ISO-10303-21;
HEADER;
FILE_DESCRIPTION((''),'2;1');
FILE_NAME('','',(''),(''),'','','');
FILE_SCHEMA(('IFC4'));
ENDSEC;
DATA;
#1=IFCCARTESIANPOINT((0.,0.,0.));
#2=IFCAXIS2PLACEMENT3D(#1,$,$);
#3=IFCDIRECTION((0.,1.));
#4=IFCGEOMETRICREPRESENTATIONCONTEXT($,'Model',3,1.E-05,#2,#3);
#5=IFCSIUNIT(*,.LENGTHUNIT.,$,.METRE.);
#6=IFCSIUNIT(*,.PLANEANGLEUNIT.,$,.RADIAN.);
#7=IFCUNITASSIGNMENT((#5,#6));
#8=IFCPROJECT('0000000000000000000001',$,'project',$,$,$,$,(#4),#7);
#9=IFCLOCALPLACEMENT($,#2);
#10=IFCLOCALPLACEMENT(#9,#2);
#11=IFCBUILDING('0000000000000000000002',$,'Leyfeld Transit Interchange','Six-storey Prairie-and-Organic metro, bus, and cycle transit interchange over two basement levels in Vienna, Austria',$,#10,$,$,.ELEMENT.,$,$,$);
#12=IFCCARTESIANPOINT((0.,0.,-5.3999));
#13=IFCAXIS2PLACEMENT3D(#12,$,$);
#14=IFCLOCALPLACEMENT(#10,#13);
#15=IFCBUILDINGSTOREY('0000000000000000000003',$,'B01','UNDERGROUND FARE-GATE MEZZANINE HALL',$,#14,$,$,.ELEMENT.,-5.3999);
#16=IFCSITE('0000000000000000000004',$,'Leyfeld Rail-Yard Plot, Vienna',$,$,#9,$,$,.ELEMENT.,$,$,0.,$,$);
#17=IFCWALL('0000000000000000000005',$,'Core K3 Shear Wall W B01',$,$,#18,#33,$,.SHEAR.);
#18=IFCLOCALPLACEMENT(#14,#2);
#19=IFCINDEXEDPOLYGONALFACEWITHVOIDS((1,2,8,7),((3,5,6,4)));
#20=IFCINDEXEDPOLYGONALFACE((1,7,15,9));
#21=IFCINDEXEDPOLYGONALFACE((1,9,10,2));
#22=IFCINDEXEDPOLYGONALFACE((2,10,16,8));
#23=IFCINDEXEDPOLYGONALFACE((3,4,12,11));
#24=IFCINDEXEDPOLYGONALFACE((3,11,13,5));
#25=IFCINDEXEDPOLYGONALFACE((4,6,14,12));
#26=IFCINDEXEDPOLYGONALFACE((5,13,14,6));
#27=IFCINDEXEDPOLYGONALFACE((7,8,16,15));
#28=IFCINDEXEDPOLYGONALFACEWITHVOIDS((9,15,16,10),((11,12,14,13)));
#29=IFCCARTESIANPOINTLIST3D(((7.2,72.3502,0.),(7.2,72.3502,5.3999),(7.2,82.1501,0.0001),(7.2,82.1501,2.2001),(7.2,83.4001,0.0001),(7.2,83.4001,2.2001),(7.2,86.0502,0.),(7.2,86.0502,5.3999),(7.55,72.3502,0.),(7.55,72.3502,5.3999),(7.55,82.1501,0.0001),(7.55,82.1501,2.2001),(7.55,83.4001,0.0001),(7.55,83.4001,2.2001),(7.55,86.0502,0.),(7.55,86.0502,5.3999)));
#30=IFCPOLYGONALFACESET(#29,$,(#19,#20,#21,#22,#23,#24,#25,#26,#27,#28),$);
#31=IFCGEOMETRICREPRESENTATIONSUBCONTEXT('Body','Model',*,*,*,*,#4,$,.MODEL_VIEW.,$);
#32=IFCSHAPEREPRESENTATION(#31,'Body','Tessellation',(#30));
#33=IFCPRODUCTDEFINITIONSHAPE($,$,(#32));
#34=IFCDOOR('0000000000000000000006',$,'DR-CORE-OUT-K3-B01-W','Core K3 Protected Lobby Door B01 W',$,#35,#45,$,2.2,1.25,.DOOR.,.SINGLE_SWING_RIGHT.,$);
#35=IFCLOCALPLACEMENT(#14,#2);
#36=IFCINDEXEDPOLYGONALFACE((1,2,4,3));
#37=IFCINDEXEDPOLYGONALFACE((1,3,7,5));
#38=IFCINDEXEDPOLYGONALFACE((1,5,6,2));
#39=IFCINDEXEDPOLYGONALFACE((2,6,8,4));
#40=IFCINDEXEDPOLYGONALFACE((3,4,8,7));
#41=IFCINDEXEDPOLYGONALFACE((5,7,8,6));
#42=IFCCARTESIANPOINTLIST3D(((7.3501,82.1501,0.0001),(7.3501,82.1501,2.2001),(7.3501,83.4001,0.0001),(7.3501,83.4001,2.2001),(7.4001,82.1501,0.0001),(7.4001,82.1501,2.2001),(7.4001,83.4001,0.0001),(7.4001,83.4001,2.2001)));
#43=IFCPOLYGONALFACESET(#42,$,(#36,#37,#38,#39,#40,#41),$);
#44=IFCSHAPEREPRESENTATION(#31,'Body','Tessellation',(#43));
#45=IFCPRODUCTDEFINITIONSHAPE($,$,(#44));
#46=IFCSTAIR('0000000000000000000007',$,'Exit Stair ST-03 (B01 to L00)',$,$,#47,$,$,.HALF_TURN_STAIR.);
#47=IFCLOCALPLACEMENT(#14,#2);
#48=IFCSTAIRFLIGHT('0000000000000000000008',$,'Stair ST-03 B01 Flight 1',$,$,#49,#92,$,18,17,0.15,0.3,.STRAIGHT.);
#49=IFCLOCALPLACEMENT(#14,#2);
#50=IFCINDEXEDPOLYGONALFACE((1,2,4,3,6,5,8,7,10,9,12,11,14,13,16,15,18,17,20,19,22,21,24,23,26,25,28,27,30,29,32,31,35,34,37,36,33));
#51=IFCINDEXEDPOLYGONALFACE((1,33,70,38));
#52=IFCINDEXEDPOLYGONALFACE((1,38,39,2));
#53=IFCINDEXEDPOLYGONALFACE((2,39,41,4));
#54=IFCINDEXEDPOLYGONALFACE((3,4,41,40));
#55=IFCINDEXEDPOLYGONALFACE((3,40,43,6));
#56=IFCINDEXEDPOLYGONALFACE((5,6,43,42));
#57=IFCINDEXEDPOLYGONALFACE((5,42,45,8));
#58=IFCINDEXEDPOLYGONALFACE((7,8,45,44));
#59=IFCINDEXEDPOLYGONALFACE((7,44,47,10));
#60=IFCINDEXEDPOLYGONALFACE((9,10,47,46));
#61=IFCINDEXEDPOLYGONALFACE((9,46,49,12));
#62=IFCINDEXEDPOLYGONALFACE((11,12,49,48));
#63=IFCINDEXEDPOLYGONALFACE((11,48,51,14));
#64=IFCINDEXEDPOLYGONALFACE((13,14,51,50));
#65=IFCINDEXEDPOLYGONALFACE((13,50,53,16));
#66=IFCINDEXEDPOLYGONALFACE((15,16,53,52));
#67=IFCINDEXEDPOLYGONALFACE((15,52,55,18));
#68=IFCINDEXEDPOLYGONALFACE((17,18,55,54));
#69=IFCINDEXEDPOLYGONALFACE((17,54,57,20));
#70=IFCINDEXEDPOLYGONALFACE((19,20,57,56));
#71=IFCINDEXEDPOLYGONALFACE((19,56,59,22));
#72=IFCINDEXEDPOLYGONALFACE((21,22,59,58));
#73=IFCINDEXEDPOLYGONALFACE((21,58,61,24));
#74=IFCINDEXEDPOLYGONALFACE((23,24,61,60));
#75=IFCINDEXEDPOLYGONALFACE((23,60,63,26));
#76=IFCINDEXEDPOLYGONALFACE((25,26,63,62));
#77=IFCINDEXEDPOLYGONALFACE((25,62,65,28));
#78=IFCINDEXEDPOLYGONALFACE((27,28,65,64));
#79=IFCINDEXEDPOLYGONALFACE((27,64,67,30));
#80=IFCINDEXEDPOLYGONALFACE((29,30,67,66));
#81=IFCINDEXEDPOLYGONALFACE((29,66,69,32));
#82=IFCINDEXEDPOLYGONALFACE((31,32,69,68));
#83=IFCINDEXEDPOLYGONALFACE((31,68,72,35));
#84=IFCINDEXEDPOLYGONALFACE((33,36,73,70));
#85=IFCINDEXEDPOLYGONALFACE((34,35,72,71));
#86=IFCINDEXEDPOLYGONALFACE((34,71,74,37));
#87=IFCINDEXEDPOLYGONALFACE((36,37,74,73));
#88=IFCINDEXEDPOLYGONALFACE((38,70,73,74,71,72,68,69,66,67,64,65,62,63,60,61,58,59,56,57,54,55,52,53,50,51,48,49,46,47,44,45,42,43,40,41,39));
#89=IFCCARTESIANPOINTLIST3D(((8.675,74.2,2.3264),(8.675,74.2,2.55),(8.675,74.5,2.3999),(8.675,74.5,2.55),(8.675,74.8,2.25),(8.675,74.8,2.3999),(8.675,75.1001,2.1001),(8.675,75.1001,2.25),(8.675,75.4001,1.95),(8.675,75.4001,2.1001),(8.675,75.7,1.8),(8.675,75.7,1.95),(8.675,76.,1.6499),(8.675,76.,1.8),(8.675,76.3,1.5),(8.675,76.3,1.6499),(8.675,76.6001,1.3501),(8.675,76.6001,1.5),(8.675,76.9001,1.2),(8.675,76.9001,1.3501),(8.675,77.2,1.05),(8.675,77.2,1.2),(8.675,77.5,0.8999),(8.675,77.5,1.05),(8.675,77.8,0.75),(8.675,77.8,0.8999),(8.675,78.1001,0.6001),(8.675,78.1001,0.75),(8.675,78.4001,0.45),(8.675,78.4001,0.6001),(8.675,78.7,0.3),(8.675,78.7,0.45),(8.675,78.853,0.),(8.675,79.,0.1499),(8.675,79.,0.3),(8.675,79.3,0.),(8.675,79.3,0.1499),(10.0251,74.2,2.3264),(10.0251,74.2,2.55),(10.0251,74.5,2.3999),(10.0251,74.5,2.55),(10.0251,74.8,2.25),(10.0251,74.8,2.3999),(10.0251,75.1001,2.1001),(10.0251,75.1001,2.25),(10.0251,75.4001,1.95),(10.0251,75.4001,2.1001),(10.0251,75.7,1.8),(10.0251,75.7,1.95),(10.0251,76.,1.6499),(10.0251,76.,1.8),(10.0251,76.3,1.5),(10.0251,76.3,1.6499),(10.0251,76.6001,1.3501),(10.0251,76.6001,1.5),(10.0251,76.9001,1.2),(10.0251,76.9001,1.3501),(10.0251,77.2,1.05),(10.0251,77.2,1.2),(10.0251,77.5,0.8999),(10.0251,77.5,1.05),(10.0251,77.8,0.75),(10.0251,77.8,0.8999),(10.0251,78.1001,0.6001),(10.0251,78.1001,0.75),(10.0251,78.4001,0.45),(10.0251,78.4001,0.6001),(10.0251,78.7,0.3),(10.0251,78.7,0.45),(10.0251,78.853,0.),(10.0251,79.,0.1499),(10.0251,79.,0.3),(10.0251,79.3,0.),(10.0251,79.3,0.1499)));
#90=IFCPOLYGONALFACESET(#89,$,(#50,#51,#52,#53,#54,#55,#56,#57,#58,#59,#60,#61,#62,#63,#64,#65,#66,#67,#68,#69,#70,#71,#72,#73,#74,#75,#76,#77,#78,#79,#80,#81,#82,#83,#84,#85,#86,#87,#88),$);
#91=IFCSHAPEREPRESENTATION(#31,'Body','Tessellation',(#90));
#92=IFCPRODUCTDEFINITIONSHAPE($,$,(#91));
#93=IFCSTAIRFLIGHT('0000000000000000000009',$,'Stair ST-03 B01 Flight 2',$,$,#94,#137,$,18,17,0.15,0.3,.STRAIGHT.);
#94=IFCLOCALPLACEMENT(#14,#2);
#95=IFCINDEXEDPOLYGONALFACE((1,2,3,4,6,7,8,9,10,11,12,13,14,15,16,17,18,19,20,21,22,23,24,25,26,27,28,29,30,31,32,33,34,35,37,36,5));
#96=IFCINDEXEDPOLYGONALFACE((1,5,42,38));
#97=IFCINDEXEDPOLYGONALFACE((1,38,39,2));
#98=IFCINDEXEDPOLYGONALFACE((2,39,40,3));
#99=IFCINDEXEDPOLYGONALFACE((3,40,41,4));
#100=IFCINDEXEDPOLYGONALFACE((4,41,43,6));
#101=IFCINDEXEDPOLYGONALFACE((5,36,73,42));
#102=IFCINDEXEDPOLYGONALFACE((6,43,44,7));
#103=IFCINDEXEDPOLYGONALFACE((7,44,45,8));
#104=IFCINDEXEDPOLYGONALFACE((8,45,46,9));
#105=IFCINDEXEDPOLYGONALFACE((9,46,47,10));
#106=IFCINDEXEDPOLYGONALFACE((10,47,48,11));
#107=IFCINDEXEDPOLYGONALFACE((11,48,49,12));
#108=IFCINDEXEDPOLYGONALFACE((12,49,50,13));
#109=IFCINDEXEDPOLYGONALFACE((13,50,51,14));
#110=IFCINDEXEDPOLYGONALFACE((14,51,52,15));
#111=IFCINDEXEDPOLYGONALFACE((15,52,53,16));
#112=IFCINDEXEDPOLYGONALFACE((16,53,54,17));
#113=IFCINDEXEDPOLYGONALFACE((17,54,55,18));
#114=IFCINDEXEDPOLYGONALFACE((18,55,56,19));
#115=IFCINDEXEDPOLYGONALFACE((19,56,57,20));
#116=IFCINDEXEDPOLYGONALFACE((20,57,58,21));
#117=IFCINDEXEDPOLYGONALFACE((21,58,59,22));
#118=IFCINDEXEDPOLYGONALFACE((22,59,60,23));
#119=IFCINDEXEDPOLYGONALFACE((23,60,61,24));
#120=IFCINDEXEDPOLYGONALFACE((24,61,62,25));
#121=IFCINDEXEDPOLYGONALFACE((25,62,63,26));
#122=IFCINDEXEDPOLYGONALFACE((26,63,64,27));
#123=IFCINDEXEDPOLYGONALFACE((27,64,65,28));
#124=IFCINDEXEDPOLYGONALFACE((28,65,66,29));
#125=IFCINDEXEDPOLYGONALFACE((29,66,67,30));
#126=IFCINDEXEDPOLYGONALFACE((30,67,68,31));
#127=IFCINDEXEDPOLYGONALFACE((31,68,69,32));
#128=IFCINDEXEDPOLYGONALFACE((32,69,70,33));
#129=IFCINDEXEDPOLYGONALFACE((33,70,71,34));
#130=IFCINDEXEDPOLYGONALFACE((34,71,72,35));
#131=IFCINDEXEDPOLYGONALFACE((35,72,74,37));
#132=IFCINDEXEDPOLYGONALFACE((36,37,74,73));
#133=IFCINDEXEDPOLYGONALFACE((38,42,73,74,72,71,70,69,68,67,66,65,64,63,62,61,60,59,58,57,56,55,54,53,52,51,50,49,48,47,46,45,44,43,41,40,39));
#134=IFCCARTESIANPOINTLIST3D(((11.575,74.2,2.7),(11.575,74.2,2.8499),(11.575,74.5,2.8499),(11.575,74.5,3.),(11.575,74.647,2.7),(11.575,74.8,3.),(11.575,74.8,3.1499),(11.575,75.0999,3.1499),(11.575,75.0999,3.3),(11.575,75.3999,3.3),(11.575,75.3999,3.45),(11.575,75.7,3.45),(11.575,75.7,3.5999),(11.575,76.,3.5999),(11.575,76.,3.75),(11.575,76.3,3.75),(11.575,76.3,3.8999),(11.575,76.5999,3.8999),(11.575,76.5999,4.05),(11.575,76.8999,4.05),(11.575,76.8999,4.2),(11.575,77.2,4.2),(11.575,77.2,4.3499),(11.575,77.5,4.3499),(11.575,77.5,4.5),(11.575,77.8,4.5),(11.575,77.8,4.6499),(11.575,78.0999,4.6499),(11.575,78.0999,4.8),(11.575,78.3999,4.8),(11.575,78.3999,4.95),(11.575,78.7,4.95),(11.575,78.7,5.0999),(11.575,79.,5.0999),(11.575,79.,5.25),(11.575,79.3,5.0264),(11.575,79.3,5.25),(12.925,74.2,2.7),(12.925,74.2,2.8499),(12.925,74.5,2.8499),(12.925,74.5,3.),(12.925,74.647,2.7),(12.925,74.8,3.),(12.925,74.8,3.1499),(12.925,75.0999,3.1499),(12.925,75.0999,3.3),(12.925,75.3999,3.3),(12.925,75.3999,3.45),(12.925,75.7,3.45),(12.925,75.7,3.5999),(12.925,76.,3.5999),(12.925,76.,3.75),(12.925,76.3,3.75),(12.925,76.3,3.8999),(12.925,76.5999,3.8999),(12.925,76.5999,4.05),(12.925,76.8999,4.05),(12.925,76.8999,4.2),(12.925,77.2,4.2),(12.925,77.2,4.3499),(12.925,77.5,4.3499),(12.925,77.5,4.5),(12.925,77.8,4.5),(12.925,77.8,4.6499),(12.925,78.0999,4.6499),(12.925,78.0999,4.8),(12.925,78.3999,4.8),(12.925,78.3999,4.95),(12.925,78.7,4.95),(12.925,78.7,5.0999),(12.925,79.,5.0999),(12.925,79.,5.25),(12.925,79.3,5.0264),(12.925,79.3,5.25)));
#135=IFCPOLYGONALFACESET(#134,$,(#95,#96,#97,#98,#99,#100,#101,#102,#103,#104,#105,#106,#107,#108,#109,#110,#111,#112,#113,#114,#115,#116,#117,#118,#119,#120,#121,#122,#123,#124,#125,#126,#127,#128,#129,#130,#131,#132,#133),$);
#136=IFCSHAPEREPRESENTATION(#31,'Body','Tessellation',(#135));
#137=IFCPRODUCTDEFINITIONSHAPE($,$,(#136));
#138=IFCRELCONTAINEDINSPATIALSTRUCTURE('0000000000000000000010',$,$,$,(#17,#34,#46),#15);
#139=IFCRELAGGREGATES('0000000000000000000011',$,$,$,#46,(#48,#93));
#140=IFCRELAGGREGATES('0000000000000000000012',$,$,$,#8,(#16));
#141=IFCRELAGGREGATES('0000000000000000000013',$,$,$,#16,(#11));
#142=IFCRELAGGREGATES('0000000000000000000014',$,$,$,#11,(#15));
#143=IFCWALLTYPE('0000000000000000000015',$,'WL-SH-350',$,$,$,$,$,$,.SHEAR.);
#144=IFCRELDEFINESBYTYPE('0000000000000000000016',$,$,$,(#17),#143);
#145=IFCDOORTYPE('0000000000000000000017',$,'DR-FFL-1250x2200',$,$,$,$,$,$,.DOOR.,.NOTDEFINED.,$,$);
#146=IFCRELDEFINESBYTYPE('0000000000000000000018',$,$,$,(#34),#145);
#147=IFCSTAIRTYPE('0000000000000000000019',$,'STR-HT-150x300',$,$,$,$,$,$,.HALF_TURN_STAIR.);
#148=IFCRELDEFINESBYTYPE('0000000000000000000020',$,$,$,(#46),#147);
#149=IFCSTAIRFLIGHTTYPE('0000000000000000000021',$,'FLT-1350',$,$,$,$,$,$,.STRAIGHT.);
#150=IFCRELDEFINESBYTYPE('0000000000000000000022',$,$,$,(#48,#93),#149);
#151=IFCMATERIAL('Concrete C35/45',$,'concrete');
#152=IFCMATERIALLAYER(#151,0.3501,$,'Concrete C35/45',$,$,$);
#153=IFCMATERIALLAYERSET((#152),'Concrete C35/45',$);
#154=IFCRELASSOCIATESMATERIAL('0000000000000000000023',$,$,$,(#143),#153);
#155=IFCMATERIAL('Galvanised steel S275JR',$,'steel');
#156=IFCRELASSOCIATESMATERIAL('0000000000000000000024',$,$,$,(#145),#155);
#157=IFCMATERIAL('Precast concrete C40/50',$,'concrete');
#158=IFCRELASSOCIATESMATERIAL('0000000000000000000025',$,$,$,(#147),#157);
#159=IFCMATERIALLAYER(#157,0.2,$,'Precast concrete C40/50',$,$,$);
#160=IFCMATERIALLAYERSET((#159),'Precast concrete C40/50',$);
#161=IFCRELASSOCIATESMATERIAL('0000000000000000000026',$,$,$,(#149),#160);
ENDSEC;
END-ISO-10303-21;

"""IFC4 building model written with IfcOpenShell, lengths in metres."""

from ifc_helpers import new_model, si_unit, direction, frame, frame_2d, origin, place, context, subcontext, project, spatial, polyline, rectangle, outline, extrude, material, layer, layer_set, type_object, element, fill, aggregate, save


model = new_model("IFC4")

# Units and contexts
model_context = context("Model", 3, precision=1e-05, world=origin(), true_north=direction((0.0, 1.0)))
body_context = subcontext(model_context, "Body", "Model", "MODEL_VIEW")
ifc_project = project(units=[si_unit("LENGTHUNIT", "METRE"), si_unit("PLANEANGLEUNIT", "RADIAN")], contexts=[model_context])

# Site, building, storey
site_placement = place(None, origin())
site = spatial("IfcSite", under=ifc_project, at=site_placement, Name="Leyfeld Rail-Yard Plot, Vienna", CompositionType="ELEMENT", RefElevation=0.0)
building_placement = place(site_placement, origin())
building = spatial("IfcBuilding", under=site, at=building_placement, Name="Leyfeld Transit Interchange", Description="Six-storey Prairie-and-Organic metro, bus, and cycle transit interchange over two basement levels in Vienna, Austria", CompositionType="ELEMENT")
storey_placement = place(building_placement, frame((0.0, 0.0, -5.3999)))
storey = spatial("IfcBuildingStorey", under=building, at=storey_placement, Name="B01", Description="UNDERGROUND FARE-GATE MEZZANINE HALL", CompositionType="ELEMENT", Elevation=-5.3999)

# Shared definitions
ifc_material_1 = material(Name="Concrete C35/45", Category="concrete")

# Wall, opening, door
ifc_material_2 = material(Name="Galvanised steel S275JR", Category="steel")
ifc_layer_1 = layer(ifc_material_1, 0.3501, Name="Concrete C35/45")
ifc_layer_set_1 = layer_set([ifc_layer_1], Name="Concrete C35/45")
wall_type_1 = type_object("IfcWallType", Name="WL-SH-350", PredefinedType="SHEAR", material=ifc_layer_set_1)
wall_1_placement = place(storey_placement, frame((7.375, 72.3501, 0.0), z_axis=(0.0, 0.0, 1.0), x_axis=(0.0, 1.0, 0.0)))
wall_1 = element("IfcWall", 1, at=wall_1_placement, inside=storey, type_object=wall_type_1, Name="Core K3 Shear Wall W B01", PredefinedType="SHEAR", context=body_context, shape_type="SweptSolid", body=[
    extrude(rectangle(XDim=13.7, YDim=0.3501, at=frame_2d((6.8501, 0.0))), origin(), (0.0, 0.0, 1.0), 5.3999),
])
opening_1_placement = place(wall_1_placement, frame((9.8, 0.0, 0.0)))
opening_1 = element("IfcOpeningElement", 2, at=opening_1_placement, cuts=wall_1, PredefinedType="OPENING", context=body_context, shape_type="SweptSolid", body=[
    extrude(rectangle(XDim=1.25, YDim=2.2, at=frame_2d((0.625, 1.1001))), frame((0.0, 0.1851, 0.0), z_axis=(0.0, -1.0, 0.0), x_axis=(1.0, 0.0, 0.0)), (0.0, 0.0, 1.0), 0.3701),
])
door_type_1 = type_object("IfcDoorType", Name="DR-FFL-1250x2200", OperationType="NOTDEFINED", PredefinedType="DOOR", material=ifc_material_2)
door_1_placement = place(opening_1_placement, origin())
door_1 = element("IfcDoor", 3, at=door_1_placement, inside=storey, type_object=door_type_1, Name="DR-CORE-OUT-K3-B01-W", Description="Core K3 Protected Lobby Door B01 W", OperationType="SINGLE_SWING_RIGHT", OverallHeight=2.2, OverallWidth=1.25, PredefinedType="DOOR", context=body_context, shape_type="SweptSolid", body=[
    extrude(rectangle(XDim=1.25, YDim=2.2, at=frame_2d((0.625, 1.1001))), frame((0.0, 0.0249, 0.0), z_axis=(0.0, -1.0, 0.0), x_axis=(1.0, 0.0, 0.0)), (0.0, 0.0, 1.0), 0.05),
])
fill(opening_1, door_1)

# Stair, stair flights
ifc_material_3 = material(Name="Precast concrete C40/50", Category="concrete")
stair_type = type_object("IfcStairType", Name="STR-HT-150x300", PredefinedType="HALF_TURN_STAIR", material=ifc_material_3)
stair_placement = place(storey_placement, origin())
stair = element("IfcStair", 4, at=stair_placement, inside=storey, type_object=stair_type, Name="Exit Stair ST-03 (B01 to L00)", PredefinedType="HALF_TURN_STAIR")
ifc_layer_2 = layer(ifc_material_3, 0.2, Name="Precast concrete C40/50")
ifc_layer_set_2 = layer_set([ifc_layer_2], Name="Precast concrete C40/50")
stair_flight_type = type_object("IfcStairFlightType", Name="FLT-1350", PredefinedType="STRAIGHT", material=ifc_layer_set_2)
stair_flight_1_placement = place(storey_placement, frame((9.3501, 79.3, 0.0), z_axis=(0.0, 0.0, 1.0), x_axis=(0.0, -1.0, 0.0)))
stair_flight_1 = element("IfcStairFlight", 5, at=stair_flight_1_placement, type_object=stair_flight_type, Name="Stair ST-03 B01 Flight 1", NumberOfRisers=18, NumberOfTreads=17, PredefinedType="STRAIGHT", RiserHeight=0.15, TreadLength=0.3, context=body_context, shape_type="SweptSolid", body=[
    extrude(outline(polyline([(0.0, 0.0), (0.0, 0.1499), (0.3, 0.1499), (0.3, 0.3), (0.6001, 0.3), (0.6001, 0.45), (0.8999, 0.45), (0.8999, 0.6001), (1.2, 0.6001), (1.2, 0.75), (1.5, 0.75), (1.5, 0.8999), (1.8, 0.8999), (1.8, 1.05), (2.1001, 1.05), (2.1001, 1.2), (2.3999, 1.2), (2.3999, 1.3501), (2.7, 1.3501), (2.7, 1.5), (3.0, 1.5), (3.0, 1.6499), (3.3, 1.6499), (3.3, 1.8), (3.6001, 1.8), (3.6001, 1.95), (3.8999, 1.95), (3.8999, 2.1001), (4.2, 2.1001), (4.2, 2.25), (4.5, 2.25), (4.5, 2.3999), (4.8, 2.3999), (4.8, 2.55), (5.1001, 2.55), (5.1001, 2.7), (5.1001, 2.3264), (0.447, 0.0), (0.0, 0.0)])), frame((0.0, 0.675, 0.0), z_axis=(0.0, -1.0, 0.0), x_axis=(1.0, 0.0, 0.0)), (0.0, 0.0, 1.0), 1.3501),
])
stair_flight_2_placement = place(storey_placement, frame((12.25, 74.2, 2.7), z_axis=(0.0, 0.0, 1.0), x_axis=(0.0, 1.0, 0.0)))
stair_flight_2 = element("IfcStairFlight", 6, at=stair_flight_2_placement, type_object=stair_flight_type, Name="Stair ST-03 B01 Flight 2", NumberOfRisers=18, NumberOfTreads=17, PredefinedType="STRAIGHT", RiserHeight=0.15, TreadLength=0.3, context=body_context, shape_type="SweptSolid", body=[
    extrude(outline(polyline([(0.0, 0.0), (0.0, 0.1499), (0.3, 0.1499), (0.3, 0.3), (0.6001, 0.3), (0.6001, 0.45), (0.8999, 0.45), (0.8999, 0.6001), (1.2, 0.6001), (1.2, 0.75), (1.5, 0.75), (1.5, 0.8999), (1.8, 0.8999), (1.8, 1.05), (2.1001, 1.05), (2.1001, 1.2), (2.3999, 1.2), (2.3999, 1.3501), (2.7, 1.3501), (2.7, 1.5), (3.0, 1.5), (3.0, 1.6499), (3.3, 1.6499), (3.3, 1.8), (3.6001, 1.8), (3.6001, 1.95), (3.8999, 1.95), (3.8999, 2.1001), (4.2, 2.1001), (4.2, 2.25), (4.5, 2.25), (4.5, 2.3999), (4.8, 2.3999), (4.8, 2.55), (5.1001, 2.55), (5.1001, 2.7), (5.1001, 2.3264), (0.447, 0.0), (0.0, 0.0)])), frame((0.0, 0.675, 0.0), z_axis=(0.0, -1.0, 0.0), x_axis=(1.0, 0.0, 0.0)), (0.0, 0.0, 1.0), 1.3501),
])
aggregate(stair, [stair_flight_1, stair_flight_2])

save(model, "model.ifc")
